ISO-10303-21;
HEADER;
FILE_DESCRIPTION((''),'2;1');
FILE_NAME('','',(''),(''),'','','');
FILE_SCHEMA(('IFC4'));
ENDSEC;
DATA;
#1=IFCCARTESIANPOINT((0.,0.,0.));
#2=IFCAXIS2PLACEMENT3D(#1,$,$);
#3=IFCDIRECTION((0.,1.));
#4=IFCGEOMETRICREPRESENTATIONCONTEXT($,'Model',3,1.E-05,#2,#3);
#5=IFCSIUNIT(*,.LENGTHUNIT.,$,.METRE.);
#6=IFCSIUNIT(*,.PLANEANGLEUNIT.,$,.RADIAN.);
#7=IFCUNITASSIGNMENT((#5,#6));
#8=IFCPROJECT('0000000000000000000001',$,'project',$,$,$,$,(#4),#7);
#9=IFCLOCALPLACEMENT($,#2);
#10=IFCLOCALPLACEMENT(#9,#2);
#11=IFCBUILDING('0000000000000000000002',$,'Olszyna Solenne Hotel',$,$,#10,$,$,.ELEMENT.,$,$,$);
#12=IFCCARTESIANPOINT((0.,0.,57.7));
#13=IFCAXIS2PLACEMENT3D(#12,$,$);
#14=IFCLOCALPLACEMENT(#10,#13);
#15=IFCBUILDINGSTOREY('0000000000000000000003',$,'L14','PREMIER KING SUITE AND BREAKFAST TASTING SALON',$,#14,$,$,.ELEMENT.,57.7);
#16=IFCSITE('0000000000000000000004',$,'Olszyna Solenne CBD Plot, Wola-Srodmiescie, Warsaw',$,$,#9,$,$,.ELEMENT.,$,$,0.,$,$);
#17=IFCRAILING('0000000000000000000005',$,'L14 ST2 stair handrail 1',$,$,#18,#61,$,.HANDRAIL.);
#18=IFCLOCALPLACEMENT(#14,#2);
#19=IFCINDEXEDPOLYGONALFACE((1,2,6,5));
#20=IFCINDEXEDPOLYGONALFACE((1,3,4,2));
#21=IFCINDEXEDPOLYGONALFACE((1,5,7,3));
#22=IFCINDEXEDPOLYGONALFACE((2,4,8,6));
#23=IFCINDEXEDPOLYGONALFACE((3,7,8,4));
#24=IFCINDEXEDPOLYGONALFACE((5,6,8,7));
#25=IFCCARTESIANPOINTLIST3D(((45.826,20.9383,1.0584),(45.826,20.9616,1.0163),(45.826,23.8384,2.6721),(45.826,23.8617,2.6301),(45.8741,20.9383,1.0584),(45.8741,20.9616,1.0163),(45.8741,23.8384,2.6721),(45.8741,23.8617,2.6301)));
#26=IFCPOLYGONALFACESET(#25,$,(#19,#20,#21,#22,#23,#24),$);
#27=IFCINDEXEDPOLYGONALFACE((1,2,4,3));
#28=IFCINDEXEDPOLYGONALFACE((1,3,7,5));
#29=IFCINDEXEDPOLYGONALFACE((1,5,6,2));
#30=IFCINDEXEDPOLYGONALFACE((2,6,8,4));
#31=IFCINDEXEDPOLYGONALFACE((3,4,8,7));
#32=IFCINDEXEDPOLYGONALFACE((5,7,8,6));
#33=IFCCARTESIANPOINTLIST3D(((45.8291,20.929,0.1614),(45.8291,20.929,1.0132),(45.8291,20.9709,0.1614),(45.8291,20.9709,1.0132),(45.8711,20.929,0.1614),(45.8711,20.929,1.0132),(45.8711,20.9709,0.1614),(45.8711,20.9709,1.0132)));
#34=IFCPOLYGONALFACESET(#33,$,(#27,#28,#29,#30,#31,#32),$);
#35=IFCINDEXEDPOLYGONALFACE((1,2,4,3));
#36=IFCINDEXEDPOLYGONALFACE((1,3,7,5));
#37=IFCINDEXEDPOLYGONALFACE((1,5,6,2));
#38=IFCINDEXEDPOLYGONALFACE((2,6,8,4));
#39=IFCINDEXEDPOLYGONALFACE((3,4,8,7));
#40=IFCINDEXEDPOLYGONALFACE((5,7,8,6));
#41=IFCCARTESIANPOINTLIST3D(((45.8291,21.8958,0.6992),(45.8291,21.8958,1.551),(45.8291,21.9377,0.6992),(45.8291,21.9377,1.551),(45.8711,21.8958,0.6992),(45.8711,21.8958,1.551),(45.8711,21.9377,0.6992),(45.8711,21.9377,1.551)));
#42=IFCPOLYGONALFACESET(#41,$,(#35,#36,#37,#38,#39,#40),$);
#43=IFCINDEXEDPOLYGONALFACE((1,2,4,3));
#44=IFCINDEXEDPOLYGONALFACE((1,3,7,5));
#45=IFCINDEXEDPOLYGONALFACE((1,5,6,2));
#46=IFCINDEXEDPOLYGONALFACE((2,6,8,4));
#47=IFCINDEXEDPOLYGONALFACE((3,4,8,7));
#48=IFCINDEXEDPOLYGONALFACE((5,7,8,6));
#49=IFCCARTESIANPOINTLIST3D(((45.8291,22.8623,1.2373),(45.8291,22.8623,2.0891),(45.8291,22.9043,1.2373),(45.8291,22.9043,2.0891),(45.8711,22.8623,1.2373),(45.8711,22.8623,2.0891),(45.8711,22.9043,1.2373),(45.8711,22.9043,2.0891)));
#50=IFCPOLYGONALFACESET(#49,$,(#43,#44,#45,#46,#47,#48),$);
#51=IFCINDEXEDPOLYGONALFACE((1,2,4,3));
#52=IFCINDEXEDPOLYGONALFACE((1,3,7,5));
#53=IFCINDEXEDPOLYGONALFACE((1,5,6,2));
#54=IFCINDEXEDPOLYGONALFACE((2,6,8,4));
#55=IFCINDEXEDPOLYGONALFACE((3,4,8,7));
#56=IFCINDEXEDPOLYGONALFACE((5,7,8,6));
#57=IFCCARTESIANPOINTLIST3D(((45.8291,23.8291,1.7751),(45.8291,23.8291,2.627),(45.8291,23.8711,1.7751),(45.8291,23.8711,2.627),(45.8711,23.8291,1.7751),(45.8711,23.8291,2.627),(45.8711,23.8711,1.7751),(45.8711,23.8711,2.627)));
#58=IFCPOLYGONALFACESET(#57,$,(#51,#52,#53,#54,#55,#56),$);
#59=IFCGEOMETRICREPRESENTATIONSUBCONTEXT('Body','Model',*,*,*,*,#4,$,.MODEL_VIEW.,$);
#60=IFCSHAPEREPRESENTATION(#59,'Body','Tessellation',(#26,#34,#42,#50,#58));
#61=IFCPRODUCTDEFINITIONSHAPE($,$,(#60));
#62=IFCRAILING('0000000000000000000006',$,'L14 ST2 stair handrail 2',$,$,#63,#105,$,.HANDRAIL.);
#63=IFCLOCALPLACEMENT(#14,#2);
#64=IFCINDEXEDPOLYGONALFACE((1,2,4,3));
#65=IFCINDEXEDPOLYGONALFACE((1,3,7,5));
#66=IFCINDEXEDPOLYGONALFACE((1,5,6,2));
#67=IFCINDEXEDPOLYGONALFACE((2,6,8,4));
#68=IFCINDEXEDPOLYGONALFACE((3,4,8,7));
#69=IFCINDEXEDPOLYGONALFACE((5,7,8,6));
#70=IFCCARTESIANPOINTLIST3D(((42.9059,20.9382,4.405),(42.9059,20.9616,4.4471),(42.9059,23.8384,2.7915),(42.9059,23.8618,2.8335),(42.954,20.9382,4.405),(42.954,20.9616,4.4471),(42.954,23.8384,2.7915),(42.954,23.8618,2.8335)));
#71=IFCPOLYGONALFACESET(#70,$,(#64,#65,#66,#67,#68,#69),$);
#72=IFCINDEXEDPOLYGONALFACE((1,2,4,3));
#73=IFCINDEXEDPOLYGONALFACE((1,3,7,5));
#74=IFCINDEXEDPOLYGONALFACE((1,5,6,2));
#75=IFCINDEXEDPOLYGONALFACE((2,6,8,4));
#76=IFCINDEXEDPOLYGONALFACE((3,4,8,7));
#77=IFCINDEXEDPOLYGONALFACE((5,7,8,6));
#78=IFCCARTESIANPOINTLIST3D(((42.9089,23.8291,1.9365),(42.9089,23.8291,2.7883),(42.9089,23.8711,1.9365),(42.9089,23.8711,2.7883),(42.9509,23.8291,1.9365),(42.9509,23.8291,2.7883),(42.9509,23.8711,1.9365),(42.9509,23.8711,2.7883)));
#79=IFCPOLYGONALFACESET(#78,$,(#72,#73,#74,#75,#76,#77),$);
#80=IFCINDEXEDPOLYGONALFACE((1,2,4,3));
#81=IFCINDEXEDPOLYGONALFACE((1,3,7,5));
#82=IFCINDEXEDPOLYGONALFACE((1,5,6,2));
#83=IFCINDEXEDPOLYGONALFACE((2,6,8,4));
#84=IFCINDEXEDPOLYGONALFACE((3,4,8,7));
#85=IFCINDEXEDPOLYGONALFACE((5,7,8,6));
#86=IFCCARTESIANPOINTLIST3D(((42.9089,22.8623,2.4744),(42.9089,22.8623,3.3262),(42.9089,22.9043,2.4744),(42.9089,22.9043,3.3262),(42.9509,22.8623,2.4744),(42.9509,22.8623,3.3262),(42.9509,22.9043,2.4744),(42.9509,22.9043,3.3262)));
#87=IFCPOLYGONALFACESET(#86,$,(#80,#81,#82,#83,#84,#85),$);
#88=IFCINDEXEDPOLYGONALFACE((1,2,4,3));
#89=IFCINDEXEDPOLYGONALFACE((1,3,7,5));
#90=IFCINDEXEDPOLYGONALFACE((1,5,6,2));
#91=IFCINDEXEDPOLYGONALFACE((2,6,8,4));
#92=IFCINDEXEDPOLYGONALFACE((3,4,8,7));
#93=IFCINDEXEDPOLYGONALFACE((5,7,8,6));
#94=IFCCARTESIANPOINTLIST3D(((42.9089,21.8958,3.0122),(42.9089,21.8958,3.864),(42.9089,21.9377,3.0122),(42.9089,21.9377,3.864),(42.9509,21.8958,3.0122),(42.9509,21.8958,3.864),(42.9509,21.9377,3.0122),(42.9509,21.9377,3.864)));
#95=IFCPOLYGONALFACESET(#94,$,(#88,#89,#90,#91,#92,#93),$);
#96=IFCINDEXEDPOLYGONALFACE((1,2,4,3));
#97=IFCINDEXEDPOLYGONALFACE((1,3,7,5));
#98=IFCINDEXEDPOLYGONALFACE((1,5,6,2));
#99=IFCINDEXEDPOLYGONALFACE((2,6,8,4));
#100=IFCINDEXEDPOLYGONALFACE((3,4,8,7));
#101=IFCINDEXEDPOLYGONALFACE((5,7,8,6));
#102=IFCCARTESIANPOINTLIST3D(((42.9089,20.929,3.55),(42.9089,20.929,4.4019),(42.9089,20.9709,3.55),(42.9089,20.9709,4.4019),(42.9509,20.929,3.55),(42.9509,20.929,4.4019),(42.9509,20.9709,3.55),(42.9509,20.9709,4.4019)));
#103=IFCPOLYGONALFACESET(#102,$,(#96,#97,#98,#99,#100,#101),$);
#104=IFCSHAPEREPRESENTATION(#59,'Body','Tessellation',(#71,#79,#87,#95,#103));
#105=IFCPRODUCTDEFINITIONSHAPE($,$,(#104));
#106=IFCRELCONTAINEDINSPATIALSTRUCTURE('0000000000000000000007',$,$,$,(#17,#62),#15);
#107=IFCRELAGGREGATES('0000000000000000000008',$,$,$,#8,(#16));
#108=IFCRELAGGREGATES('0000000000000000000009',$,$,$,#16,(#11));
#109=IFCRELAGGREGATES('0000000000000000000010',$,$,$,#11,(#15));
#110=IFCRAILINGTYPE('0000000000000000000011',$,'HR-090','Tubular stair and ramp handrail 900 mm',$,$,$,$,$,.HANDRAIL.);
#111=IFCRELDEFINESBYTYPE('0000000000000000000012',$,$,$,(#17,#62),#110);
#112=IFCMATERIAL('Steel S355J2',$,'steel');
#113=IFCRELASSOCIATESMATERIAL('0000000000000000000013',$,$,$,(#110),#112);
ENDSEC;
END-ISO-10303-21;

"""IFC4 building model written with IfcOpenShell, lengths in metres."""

from ifc_helpers import new_model, si_unit, direction, frame, origin, origin_2d, place, context, subcontext, project, spatial, rectangle, extrude, material, type_object, element, save


model = new_model("IFC4")

# Units and contexts
model_context = context("Model", 3, precision=1e-05, world=origin(), true_north=direction((0.0, 1.0)))
body_context = subcontext(model_context, "Body", "Model", "MODEL_VIEW")
ifc_project = project(units=[si_unit("LENGTHUNIT", "METRE"), si_unit("PLANEANGLEUNIT", "RADIAN")], contexts=[model_context])

# Site, building, storey
site_placement = place(None, origin())
site = spatial("IfcSite", under=ifc_project, at=site_placement, Name="Olszyna Solenne CBD Plot, Wola-Srodmiescie, Warsaw", CompositionType="ELEMENT", RefElevation=0.0)
building_placement = place(site_placement, origin())
building = spatial("IfcBuilding", under=site, at=building_placement, Name="Olszyna Solenne Hotel", CompositionType="ELEMENT")
storey_placement = place(building_placement, frame((0.0, 0.0, 57.7)))
storey = spatial("IfcBuildingStorey", under=building, at=storey_placement, Name="L14", Description="PREMIER KING SUITE AND BREAKFAST TASTING SALON", CompositionType="ELEMENT", Elevation=57.7)

# Shared definitions
ifc_material_1 = material(Name="Steel S355J2", Category="steel")

# Railings
railing_type_1 = type_object("IfcRailingType", Name="HR-090", Description="Tubular stair and ramp handrail 900 mm", PredefinedType="HANDRAIL", material=ifc_material_1)
railing_1_placement = place(storey_placement, frame((45.8501, 20.95, 0.1614)))
element("IfcRailing", 1, at=railing_1_placement, inside=storey, type_object=railing_type_1, Name="L14 ST2 stair handrail 1", PredefinedType="HANDRAIL", context=body_context, shape_type="SweptSolid", body=[
    extrude(rectangle(XDim=0.0481, YDim=0.0481, at=origin_2d()), frame((0.0, 0.0, 0.876), z_axis=(0.0, 0.873827, 0.486236), x_axis=(-1.0, 0.0, 0.0)), (0.0, 0.0, 1.0), 3.3188),
    extrude(rectangle(XDim=0.042, YDim=0.042, at=origin_2d()), origin(), (0.0, 0.0, 1.0), 0.8518),
    extrude(rectangle(XDim=0.042, YDim=0.042, at=origin_2d()), frame((0.0, 0.9668, 0.5378)), (0.0, 0.0, 1.0), 0.8518),
    extrude(rectangle(XDim=0.042, YDim=0.042, at=origin_2d()), frame((0.0, 1.9333, 1.0759)), (0.0, 0.0, 1.0), 0.8518),
    extrude(rectangle(XDim=0.042, YDim=0.042, at=origin_2d()), frame((0.0, 2.9001, 1.6138)), (0.0, 0.0, 1.0), 0.8518),
])
railing_2_placement = place(storey_placement, frame((42.9299, 23.8501, 1.9365)))
element("IfcRailing", 2, at=railing_2_placement, inside=storey, type_object=railing_type_1, Name="L14 ST2 stair handrail 2", PredefinedType="HANDRAIL", context=body_context, shape_type="SweptSolid", body=[
    extrude(rectangle(XDim=0.0481, YDim=0.0481, at=origin_2d()), frame((0.0, 0.0, 0.876), z_axis=(0.0, -0.873859, 0.48618), x_axis=(1.0, 0.0, 0.0)), (0.0, 0.0, 1.0), 3.3188),
    extrude(rectangle(XDim=0.042, YDim=0.042, at=origin_2d()), origin(), (0.0, 0.0, 1.0), 0.8518),
    extrude(rectangle(XDim=0.042, YDim=0.042, at=origin_2d()), frame((0.0, -0.9668, 0.5378)), (0.0, 0.0, 1.0), 0.8518),
    extrude(rectangle(XDim=0.042, YDim=0.042, at=origin_2d()), frame((0.0, -1.9333, 1.0757)), (0.0, 0.0, 1.0), 0.8518),
    extrude(rectangle(XDim=0.042, YDim=0.042, at=origin_2d()), frame((0.0, -2.9001, 1.6135)), (0.0, 0.0, 1.0), 0.8518),
])

save(model, "model.ifc")
